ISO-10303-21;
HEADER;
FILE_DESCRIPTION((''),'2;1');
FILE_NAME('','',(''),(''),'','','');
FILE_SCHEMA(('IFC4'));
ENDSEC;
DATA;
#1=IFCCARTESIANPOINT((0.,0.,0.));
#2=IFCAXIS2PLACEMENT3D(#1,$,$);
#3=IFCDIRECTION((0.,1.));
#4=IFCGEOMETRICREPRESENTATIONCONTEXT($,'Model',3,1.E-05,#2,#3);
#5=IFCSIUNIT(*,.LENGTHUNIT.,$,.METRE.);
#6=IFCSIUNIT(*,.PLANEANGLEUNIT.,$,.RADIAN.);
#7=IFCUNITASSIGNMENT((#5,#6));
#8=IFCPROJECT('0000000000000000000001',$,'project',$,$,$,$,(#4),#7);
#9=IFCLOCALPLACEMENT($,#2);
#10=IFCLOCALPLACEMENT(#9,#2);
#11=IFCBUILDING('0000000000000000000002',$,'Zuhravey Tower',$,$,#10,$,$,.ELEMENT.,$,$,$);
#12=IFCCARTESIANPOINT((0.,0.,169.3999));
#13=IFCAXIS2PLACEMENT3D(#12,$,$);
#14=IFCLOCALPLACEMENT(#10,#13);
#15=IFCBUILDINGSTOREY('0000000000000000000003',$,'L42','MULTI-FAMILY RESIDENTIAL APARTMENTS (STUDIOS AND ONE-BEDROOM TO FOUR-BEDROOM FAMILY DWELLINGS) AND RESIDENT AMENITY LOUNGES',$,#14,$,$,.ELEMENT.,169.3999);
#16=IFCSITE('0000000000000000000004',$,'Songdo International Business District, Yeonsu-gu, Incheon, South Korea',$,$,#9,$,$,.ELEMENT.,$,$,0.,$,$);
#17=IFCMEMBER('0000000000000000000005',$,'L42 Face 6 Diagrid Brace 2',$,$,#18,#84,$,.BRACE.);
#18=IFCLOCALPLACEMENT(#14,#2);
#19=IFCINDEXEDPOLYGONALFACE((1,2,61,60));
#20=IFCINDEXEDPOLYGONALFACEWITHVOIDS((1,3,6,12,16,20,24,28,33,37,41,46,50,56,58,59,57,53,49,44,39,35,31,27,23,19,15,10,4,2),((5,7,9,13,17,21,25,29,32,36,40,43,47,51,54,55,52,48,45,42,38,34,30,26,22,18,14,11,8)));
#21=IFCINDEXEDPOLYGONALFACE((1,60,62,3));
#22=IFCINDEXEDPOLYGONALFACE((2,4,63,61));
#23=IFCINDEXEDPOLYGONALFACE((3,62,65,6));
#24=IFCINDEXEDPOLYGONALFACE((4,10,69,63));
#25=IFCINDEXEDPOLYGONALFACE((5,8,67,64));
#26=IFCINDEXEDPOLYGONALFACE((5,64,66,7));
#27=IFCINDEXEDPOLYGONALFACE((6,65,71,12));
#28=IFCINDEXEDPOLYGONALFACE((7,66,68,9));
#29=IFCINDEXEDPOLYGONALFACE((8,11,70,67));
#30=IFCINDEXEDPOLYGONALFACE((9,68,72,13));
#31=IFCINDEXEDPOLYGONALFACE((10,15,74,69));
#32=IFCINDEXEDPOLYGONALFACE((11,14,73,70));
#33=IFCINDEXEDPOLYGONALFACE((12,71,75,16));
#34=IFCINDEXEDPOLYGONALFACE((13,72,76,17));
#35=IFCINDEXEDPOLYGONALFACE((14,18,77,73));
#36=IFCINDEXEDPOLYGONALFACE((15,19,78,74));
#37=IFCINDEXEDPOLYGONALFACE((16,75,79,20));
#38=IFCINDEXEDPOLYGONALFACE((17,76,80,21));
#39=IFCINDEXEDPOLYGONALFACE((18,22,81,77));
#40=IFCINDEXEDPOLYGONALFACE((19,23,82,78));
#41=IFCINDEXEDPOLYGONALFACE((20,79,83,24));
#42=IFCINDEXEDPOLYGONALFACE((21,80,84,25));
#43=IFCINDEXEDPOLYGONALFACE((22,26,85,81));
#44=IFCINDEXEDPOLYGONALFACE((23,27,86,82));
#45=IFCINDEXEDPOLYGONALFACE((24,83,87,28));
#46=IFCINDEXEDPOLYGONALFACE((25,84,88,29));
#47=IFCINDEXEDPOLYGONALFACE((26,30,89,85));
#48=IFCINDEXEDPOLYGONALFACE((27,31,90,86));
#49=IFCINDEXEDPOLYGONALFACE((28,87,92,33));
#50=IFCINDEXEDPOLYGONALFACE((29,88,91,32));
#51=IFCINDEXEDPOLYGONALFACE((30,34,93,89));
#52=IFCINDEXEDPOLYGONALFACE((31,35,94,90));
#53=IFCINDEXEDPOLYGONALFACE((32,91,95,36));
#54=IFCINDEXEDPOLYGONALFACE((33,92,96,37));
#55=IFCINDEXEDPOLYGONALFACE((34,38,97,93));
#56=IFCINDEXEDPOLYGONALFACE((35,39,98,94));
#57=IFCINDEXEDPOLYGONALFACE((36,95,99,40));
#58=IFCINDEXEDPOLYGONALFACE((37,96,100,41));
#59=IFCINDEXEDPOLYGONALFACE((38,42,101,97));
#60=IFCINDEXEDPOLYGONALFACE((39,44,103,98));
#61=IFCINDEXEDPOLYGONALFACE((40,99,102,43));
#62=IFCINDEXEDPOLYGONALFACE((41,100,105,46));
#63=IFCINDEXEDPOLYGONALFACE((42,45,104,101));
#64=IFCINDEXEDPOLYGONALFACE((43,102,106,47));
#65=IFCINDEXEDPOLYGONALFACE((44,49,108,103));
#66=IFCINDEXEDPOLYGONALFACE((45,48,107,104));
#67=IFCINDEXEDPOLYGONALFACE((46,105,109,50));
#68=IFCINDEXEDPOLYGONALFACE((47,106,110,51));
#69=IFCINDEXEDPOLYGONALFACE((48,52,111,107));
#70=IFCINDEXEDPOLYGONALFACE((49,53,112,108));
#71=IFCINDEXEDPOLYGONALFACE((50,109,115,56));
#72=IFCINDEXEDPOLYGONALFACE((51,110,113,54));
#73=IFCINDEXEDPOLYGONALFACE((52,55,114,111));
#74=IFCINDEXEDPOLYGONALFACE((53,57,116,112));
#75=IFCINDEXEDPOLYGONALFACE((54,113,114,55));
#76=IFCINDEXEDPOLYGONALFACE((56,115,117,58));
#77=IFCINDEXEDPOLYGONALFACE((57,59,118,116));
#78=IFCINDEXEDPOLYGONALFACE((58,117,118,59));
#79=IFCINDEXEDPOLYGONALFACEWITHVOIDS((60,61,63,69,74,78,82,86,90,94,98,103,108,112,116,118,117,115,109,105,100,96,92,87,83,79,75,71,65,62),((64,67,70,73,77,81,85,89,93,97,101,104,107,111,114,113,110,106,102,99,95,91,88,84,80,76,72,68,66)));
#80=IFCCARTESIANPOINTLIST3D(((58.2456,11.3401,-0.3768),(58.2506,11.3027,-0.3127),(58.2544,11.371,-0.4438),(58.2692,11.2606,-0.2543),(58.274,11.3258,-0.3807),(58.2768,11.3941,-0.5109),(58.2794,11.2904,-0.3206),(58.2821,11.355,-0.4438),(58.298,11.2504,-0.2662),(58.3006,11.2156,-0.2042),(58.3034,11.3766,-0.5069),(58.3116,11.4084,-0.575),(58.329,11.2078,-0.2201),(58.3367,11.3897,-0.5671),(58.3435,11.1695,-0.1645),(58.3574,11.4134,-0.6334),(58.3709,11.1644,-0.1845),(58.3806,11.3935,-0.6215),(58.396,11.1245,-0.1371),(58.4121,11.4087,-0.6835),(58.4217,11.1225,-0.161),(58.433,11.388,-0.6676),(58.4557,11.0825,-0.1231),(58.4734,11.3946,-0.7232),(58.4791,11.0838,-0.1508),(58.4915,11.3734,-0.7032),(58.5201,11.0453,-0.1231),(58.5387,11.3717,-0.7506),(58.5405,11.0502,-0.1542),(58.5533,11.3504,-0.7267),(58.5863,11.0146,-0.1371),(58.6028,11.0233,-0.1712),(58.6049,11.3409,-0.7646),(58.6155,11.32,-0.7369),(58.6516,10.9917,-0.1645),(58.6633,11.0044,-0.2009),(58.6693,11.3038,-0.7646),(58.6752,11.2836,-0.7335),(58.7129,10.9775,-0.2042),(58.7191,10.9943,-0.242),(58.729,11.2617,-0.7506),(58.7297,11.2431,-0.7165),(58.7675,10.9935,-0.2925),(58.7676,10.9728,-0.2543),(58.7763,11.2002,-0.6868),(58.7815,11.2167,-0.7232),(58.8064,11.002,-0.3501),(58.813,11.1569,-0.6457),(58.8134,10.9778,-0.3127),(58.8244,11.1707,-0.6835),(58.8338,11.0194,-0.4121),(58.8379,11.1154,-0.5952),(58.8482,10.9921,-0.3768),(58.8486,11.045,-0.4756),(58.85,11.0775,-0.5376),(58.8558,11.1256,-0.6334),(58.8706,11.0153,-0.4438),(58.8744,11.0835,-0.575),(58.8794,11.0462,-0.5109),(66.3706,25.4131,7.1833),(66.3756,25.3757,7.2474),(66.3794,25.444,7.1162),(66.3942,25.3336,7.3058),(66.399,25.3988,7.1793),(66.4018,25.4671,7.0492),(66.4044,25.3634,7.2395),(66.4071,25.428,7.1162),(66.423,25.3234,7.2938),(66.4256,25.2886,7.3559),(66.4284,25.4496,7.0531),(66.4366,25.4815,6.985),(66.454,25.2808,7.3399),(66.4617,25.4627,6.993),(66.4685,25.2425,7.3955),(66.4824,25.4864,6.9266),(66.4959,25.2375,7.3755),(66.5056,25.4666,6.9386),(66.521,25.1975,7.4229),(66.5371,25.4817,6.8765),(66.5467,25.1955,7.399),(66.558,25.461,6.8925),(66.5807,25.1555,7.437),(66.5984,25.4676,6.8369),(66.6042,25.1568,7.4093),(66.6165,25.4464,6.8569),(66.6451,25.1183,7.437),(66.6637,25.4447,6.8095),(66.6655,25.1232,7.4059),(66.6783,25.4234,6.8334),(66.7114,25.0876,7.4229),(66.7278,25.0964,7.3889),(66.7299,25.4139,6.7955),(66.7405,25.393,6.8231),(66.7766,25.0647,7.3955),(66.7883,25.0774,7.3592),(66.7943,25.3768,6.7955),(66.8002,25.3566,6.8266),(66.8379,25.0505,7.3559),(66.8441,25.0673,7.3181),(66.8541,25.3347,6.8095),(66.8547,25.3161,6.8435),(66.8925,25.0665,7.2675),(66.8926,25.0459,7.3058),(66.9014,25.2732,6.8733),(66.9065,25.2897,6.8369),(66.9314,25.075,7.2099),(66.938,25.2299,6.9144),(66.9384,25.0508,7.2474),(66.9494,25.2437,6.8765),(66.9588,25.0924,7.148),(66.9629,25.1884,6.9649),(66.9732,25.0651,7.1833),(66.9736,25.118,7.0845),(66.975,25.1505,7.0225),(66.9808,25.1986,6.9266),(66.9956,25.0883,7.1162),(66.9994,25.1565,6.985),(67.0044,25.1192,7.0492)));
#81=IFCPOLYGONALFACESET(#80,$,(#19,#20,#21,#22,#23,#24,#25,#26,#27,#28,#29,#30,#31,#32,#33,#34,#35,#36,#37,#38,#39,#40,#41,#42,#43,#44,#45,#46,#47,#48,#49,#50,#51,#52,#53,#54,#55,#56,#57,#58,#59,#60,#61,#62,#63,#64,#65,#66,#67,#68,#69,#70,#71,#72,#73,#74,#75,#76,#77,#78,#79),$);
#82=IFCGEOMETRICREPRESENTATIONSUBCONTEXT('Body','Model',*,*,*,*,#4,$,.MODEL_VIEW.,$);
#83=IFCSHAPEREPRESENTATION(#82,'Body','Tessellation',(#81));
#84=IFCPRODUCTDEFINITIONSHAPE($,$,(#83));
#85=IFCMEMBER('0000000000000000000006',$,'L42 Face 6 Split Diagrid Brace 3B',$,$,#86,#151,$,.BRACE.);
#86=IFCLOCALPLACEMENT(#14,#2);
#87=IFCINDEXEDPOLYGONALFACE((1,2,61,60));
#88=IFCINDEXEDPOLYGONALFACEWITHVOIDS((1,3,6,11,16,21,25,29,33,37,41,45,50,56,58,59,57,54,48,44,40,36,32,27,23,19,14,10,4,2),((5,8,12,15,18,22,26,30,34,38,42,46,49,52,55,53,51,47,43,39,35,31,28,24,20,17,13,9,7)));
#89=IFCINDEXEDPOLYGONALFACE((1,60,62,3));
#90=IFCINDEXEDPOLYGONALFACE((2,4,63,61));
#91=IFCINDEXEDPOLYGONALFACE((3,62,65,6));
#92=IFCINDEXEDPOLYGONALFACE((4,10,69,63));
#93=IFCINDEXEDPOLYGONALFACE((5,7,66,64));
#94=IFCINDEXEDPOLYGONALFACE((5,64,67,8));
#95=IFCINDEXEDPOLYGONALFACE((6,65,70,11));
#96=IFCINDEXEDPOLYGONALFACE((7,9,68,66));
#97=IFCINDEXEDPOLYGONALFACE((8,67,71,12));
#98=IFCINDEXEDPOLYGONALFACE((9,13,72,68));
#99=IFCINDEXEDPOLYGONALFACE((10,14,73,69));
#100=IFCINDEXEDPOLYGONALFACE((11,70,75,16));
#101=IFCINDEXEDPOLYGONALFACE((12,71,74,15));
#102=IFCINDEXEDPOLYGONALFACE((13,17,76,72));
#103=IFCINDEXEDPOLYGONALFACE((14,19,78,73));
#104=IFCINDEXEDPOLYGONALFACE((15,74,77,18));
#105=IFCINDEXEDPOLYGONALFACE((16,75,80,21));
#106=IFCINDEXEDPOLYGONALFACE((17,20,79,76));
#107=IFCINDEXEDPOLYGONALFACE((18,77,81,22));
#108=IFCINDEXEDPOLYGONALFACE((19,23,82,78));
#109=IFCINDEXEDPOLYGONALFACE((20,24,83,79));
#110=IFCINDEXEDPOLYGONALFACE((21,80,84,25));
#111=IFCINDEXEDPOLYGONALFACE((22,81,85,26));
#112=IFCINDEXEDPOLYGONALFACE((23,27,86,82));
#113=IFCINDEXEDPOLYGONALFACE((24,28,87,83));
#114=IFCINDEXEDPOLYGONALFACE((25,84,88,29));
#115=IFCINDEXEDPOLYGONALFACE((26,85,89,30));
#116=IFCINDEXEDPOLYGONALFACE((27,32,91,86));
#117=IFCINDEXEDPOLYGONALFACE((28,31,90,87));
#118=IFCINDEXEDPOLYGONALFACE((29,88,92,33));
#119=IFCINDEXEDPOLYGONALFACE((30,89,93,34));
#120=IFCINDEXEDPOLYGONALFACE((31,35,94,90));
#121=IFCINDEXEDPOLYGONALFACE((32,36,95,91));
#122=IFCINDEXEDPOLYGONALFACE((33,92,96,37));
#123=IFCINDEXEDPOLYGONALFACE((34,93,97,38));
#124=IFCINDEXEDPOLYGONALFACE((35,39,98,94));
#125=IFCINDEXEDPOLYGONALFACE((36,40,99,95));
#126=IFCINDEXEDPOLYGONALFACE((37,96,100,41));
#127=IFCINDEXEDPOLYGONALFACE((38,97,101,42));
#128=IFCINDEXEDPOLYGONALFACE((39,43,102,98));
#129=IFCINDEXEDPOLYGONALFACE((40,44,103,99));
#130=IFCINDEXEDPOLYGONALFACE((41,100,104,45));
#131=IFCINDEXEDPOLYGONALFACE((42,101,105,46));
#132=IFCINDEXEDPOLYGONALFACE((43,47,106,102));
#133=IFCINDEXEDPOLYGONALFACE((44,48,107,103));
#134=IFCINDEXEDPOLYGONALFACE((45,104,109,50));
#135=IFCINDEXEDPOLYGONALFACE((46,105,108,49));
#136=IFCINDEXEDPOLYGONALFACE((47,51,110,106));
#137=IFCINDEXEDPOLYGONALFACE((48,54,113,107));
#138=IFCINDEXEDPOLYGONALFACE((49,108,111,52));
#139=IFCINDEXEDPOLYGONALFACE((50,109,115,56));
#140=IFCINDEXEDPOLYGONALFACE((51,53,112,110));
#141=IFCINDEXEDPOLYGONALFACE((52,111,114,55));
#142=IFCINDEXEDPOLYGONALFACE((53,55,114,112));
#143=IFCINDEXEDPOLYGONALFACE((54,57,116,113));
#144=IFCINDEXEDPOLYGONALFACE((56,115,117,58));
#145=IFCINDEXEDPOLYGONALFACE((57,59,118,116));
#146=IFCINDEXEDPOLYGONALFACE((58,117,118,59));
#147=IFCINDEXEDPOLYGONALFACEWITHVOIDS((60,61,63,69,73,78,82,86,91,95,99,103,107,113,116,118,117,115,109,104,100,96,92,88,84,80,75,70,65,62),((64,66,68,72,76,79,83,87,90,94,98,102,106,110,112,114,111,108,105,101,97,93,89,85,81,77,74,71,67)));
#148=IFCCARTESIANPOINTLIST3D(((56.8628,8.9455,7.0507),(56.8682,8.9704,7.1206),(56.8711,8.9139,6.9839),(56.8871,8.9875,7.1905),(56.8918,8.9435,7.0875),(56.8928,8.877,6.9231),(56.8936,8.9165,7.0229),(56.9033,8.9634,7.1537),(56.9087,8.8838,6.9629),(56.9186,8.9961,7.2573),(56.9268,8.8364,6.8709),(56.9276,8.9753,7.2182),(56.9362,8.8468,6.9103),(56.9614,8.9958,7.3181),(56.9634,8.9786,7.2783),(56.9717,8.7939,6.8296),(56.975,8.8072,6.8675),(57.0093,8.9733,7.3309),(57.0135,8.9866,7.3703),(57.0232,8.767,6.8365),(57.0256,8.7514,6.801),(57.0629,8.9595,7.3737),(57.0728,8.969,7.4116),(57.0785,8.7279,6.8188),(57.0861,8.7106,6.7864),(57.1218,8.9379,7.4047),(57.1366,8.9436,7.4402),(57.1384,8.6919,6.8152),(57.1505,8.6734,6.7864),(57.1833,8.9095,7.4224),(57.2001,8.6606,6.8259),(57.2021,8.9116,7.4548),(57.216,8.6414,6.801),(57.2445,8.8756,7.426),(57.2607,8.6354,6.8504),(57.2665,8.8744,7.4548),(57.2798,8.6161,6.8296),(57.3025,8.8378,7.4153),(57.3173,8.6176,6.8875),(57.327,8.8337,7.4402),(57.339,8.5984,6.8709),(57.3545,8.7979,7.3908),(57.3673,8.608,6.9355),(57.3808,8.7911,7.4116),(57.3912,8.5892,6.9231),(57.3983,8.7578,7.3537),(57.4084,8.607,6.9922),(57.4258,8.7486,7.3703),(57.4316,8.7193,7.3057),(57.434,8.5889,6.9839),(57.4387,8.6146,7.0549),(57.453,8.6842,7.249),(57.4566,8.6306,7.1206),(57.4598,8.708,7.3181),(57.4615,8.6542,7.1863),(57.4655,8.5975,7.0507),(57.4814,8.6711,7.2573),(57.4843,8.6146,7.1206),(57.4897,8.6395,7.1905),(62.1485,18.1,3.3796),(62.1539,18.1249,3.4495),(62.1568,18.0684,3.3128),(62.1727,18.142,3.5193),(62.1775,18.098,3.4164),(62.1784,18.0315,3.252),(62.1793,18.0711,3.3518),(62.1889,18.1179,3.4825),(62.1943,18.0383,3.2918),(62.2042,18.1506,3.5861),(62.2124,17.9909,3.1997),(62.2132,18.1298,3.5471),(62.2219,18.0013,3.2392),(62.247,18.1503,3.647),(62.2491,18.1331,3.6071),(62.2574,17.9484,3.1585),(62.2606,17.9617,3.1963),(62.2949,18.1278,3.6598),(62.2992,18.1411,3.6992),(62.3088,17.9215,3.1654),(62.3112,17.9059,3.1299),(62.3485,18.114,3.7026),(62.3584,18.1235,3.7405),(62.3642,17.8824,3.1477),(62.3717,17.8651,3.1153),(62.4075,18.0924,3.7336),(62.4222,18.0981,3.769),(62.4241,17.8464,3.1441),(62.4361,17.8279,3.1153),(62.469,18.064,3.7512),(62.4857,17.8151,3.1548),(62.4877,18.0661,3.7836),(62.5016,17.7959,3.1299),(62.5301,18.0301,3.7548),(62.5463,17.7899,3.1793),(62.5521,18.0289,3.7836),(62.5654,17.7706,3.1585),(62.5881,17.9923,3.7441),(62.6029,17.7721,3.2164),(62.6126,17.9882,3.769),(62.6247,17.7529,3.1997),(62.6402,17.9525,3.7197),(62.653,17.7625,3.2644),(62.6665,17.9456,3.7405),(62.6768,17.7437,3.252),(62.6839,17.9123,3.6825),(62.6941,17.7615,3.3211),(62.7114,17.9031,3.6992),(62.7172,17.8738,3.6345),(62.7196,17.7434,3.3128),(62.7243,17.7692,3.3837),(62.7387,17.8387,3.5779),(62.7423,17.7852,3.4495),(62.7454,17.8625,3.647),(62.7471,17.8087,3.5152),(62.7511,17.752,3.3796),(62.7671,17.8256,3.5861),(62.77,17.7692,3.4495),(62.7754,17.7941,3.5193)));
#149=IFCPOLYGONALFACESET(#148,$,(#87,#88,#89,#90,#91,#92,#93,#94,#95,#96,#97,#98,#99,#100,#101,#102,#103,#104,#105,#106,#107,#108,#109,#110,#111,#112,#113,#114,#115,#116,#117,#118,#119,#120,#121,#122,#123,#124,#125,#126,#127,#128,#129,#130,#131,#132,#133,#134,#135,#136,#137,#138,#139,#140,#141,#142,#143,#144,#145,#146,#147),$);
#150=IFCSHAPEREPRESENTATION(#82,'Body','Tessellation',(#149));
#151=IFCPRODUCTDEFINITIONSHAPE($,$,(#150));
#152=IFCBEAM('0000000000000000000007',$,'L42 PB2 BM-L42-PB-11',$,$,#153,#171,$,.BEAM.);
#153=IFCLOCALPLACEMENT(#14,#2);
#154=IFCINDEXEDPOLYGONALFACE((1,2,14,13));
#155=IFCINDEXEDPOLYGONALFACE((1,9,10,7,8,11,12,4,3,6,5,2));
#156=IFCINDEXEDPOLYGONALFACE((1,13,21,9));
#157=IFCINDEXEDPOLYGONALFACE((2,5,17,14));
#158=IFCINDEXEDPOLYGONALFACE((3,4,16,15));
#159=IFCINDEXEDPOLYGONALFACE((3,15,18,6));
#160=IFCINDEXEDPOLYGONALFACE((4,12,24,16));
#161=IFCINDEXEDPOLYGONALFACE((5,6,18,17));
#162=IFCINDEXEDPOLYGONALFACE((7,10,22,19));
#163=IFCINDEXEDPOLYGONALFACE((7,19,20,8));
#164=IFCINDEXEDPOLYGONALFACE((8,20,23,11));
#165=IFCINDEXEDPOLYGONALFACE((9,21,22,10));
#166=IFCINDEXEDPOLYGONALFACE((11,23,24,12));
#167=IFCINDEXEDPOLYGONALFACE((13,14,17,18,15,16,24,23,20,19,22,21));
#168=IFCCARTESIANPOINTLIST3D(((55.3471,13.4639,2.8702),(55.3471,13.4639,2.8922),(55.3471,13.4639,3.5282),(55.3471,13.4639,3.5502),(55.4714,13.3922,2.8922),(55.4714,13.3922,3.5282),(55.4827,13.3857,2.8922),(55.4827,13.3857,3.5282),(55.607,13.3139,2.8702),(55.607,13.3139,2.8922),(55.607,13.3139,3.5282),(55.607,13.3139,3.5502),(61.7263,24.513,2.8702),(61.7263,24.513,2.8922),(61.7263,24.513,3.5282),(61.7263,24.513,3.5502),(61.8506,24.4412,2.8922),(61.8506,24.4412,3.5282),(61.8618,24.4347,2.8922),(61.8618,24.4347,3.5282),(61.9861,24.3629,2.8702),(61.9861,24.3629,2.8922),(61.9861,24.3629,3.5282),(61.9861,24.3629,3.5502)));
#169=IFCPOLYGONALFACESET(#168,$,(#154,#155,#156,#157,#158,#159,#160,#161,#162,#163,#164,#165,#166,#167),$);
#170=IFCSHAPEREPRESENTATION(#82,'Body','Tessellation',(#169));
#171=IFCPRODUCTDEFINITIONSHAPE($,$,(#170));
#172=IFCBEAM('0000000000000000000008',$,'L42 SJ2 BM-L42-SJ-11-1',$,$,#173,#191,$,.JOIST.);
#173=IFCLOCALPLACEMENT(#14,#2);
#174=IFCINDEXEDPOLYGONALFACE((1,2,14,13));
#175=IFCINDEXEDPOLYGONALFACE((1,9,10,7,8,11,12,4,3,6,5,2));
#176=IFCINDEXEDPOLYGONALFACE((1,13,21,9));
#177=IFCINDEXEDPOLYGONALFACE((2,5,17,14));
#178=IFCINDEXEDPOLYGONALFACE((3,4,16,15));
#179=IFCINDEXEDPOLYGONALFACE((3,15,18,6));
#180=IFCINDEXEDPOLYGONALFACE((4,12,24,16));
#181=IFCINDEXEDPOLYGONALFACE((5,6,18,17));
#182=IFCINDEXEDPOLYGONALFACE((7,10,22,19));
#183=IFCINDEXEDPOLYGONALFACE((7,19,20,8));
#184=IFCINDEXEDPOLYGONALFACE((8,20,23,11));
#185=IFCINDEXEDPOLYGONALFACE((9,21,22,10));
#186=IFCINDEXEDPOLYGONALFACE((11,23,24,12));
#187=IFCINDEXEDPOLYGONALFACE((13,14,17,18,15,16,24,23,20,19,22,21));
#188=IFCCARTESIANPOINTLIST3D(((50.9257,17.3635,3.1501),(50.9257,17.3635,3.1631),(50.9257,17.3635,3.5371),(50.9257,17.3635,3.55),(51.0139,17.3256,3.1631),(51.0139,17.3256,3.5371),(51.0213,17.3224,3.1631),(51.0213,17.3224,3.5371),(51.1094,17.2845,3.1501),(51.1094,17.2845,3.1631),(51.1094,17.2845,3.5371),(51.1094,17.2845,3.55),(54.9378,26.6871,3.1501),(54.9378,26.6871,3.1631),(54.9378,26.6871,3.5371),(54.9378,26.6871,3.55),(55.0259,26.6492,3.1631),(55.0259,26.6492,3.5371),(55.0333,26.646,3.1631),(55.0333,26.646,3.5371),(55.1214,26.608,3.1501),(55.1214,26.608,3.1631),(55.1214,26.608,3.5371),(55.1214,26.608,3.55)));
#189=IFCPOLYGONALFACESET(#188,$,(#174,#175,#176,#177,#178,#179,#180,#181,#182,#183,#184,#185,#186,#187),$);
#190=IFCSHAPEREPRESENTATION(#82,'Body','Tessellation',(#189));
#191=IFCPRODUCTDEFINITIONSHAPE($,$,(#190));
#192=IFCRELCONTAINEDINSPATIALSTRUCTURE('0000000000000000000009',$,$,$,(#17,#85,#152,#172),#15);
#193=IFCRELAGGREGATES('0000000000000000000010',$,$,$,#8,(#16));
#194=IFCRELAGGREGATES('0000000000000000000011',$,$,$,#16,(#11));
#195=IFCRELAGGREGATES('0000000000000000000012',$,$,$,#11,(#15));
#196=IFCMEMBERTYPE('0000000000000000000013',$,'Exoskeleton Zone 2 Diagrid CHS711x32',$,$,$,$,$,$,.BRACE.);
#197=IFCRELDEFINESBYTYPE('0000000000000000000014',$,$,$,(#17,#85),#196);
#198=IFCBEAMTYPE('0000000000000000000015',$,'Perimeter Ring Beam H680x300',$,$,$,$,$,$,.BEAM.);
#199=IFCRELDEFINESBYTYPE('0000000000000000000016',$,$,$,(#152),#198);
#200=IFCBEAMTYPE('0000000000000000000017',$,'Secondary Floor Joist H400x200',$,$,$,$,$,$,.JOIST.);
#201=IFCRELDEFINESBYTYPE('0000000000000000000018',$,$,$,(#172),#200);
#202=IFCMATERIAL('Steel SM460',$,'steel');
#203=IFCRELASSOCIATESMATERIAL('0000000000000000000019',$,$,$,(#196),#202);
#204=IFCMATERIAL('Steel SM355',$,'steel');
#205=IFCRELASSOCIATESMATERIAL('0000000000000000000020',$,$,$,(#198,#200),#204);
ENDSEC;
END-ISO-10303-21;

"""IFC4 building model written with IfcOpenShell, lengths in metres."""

from ifc_helpers import new_model, si_unit, direction, frame, origin, origin_2d, place, context, subcontext, project, spatial, hollow_circle, i_section, extrude, material, material_profile, profile_set, type_object, element, save


model = new_model("IFC4")

# Units and contexts
model_context = context("Model", 3, precision=1e-05, world=origin(), true_north=direction((0.0, 1.0)))
body_context = subcontext(model_context, "Body", "Model", "MODEL_VIEW")
ifc_project = project(units=[si_unit("LENGTHUNIT", "METRE"), si_unit("PLANEANGLEUNIT", "RADIAN")], contexts=[model_context])

# Site, building, storey
site_placement = place(None, origin())
site = spatial("IfcSite", under=ifc_project, at=site_placement, Name="Songdo International Business District, Yeonsu-gu, Incheon, South Korea", CompositionType="ELEMENT", RefElevation=0.0)
building_placement = place(site_placement, origin())
building = spatial("IfcBuilding", under=site, at=building_placement, Name="Zuhravey Tower", CompositionType="ELEMENT")
storey_placement = place(building_placement, frame((0.0, 0.0, 169.3999)))
storey = spatial("IfcBuildingStorey", under=building, at=storey_placement, Name="L42", Description="MULTI-FAMILY RESIDENTIAL APARTMENTS (STUDIOS AND ONE-BEDROOM TO FOUR-BEDROOM FAMILY DWELLINGS) AND RESIDENT AMENITY LOUNGES", CompositionType="ELEMENT", Elevation=169.3999)

# Members
ifc_material_1 = material(Name="Steel SM355", Category="steel")
ifc_material_2 = material(Name="Steel SM460", Category="steel")
ifc_material_profile_1 = material_profile(ifc_material_2, hollow_circle(Radius=0.3557, WallThickness=0.032, at=origin_2d()), Name="CHS-711.2x32")
ifc_profile_set_1 = profile_set([ifc_material_profile_1], Name="Steel SM460")
member_type_1 = type_object("IfcMemberType", Name="Exoskeleton Zone 2 Diagrid CHS711x32", PredefinedType="BRACE", material=ifc_profile_set_1)
member_1_placement = place(storey_placement, frame((58.5625, 11.1931, -0.4438), z_axis=(0.453338, 0.78521, 0.421817), x_axis=(-0.866027, 0.499998, 0.0)))
element("IfcMember", 1, at=member_1_placement, inside=storey, type_object=member_type_1, Name="L42 Face 6 Diagrid Brace 2", PredefinedType="BRACE", context=body_context, shape_type="SweptSolid", body=[
    extrude(hollow_circle(Radius=0.3557, WallThickness=0.032, at=origin_2d()), origin(), (0.0, 0.0, 1.0), 17.9226),
])
member_2_placement = place(storey_placement, frame((62.4619, 17.947, 3.4495), z_axis=(-0.472345, -0.818084, 0.328067), x_axis=(0.866014, -0.500019, 0.0)))
element("IfcMember", 2, at=member_2_placement, inside=storey, type_object=member_type_1, Name="L42 Face 6 Split Diagrid Brace 3B", PredefinedType="BRACE", context=body_context, shape_type="SweptSolid", body=[
    extrude(hollow_circle(Radius=0.3557, WallThickness=0.032, at=origin_2d()), origin(), (0.0, 0.0, 1.0), 11.1902),
])

# Beams
ifc_material_profile_2 = material_profile(ifc_material_1, i_section(OverallWidth=0.3, OverallDepth=0.6799, WebThickness=0.0129, FlangeThickness=0.022, at=origin_2d()), Name="H-680x300x13x22")
ifc_profile_set_2 = profile_set([ifc_material_profile_2], Name="Steel SM355")
beam_type_1 = type_object("IfcBeamType", Name="Perimeter Ring Beam H680x300", PredefinedType="BEAM", material=ifc_profile_set_2)
beam_1_placement = place(storey_placement, frame((55.4771, 13.3889, 3.2102), z_axis=(0.499998, 0.866027, 0.0), x_axis=(-0.866027, 0.499998, 0.0)))
element("IfcBeam", 3, at=beam_1_placement, inside=storey, type_object=beam_type_1, Name="L42 PB2 BM-L42-PB-11", PredefinedType="BEAM", context=body_context, shape_type="SweptSolid", body=[
    extrude(i_section(OverallWidth=0.3, OverallDepth=0.6799, WebThickness=0.0129, FlangeThickness=0.022, at=origin_2d()), origin(), (0.0, 0.0, 1.0), 12.7583),
])
ifc_material_profile_3 = material_profile(ifc_material_1, i_section(OverallWidth=0.2, OverallDepth=0.3999, WebThickness=0.0081, FlangeThickness=0.0129, at=origin_2d()), Name="H-400x200x8x13")
ifc_profile_set_3 = profile_set([ifc_material_profile_3], Name="Steel SM355")
beam_type_2 = type_object("IfcBeamType", Name="Secondary Floor Joist H400x200", PredefinedType="JOIST", material=ifc_profile_set_3)
beam_2_placement = place(storey_placement, frame((51.0176, 17.324, 3.3501), z_axis=(0.395266, 0.918567, 0.0), x_axis=(-0.918567, 0.395266, 0.0)))
element("IfcBeam", 4, at=beam_2_placement, inside=storey, type_object=beam_type_2, Name="L42 SJ2 BM-L42-SJ-11-1", PredefinedType="JOIST", context=body_context, shape_type="SweptSolid", body=[
    extrude(i_section(OverallWidth=0.2, OverallDepth=0.3999, WebThickness=0.0081, FlangeThickness=0.0129, at=origin_2d()), origin(), (0.0, 0.0, 1.0), 10.1501),
])

save(model, "model.ifc")
